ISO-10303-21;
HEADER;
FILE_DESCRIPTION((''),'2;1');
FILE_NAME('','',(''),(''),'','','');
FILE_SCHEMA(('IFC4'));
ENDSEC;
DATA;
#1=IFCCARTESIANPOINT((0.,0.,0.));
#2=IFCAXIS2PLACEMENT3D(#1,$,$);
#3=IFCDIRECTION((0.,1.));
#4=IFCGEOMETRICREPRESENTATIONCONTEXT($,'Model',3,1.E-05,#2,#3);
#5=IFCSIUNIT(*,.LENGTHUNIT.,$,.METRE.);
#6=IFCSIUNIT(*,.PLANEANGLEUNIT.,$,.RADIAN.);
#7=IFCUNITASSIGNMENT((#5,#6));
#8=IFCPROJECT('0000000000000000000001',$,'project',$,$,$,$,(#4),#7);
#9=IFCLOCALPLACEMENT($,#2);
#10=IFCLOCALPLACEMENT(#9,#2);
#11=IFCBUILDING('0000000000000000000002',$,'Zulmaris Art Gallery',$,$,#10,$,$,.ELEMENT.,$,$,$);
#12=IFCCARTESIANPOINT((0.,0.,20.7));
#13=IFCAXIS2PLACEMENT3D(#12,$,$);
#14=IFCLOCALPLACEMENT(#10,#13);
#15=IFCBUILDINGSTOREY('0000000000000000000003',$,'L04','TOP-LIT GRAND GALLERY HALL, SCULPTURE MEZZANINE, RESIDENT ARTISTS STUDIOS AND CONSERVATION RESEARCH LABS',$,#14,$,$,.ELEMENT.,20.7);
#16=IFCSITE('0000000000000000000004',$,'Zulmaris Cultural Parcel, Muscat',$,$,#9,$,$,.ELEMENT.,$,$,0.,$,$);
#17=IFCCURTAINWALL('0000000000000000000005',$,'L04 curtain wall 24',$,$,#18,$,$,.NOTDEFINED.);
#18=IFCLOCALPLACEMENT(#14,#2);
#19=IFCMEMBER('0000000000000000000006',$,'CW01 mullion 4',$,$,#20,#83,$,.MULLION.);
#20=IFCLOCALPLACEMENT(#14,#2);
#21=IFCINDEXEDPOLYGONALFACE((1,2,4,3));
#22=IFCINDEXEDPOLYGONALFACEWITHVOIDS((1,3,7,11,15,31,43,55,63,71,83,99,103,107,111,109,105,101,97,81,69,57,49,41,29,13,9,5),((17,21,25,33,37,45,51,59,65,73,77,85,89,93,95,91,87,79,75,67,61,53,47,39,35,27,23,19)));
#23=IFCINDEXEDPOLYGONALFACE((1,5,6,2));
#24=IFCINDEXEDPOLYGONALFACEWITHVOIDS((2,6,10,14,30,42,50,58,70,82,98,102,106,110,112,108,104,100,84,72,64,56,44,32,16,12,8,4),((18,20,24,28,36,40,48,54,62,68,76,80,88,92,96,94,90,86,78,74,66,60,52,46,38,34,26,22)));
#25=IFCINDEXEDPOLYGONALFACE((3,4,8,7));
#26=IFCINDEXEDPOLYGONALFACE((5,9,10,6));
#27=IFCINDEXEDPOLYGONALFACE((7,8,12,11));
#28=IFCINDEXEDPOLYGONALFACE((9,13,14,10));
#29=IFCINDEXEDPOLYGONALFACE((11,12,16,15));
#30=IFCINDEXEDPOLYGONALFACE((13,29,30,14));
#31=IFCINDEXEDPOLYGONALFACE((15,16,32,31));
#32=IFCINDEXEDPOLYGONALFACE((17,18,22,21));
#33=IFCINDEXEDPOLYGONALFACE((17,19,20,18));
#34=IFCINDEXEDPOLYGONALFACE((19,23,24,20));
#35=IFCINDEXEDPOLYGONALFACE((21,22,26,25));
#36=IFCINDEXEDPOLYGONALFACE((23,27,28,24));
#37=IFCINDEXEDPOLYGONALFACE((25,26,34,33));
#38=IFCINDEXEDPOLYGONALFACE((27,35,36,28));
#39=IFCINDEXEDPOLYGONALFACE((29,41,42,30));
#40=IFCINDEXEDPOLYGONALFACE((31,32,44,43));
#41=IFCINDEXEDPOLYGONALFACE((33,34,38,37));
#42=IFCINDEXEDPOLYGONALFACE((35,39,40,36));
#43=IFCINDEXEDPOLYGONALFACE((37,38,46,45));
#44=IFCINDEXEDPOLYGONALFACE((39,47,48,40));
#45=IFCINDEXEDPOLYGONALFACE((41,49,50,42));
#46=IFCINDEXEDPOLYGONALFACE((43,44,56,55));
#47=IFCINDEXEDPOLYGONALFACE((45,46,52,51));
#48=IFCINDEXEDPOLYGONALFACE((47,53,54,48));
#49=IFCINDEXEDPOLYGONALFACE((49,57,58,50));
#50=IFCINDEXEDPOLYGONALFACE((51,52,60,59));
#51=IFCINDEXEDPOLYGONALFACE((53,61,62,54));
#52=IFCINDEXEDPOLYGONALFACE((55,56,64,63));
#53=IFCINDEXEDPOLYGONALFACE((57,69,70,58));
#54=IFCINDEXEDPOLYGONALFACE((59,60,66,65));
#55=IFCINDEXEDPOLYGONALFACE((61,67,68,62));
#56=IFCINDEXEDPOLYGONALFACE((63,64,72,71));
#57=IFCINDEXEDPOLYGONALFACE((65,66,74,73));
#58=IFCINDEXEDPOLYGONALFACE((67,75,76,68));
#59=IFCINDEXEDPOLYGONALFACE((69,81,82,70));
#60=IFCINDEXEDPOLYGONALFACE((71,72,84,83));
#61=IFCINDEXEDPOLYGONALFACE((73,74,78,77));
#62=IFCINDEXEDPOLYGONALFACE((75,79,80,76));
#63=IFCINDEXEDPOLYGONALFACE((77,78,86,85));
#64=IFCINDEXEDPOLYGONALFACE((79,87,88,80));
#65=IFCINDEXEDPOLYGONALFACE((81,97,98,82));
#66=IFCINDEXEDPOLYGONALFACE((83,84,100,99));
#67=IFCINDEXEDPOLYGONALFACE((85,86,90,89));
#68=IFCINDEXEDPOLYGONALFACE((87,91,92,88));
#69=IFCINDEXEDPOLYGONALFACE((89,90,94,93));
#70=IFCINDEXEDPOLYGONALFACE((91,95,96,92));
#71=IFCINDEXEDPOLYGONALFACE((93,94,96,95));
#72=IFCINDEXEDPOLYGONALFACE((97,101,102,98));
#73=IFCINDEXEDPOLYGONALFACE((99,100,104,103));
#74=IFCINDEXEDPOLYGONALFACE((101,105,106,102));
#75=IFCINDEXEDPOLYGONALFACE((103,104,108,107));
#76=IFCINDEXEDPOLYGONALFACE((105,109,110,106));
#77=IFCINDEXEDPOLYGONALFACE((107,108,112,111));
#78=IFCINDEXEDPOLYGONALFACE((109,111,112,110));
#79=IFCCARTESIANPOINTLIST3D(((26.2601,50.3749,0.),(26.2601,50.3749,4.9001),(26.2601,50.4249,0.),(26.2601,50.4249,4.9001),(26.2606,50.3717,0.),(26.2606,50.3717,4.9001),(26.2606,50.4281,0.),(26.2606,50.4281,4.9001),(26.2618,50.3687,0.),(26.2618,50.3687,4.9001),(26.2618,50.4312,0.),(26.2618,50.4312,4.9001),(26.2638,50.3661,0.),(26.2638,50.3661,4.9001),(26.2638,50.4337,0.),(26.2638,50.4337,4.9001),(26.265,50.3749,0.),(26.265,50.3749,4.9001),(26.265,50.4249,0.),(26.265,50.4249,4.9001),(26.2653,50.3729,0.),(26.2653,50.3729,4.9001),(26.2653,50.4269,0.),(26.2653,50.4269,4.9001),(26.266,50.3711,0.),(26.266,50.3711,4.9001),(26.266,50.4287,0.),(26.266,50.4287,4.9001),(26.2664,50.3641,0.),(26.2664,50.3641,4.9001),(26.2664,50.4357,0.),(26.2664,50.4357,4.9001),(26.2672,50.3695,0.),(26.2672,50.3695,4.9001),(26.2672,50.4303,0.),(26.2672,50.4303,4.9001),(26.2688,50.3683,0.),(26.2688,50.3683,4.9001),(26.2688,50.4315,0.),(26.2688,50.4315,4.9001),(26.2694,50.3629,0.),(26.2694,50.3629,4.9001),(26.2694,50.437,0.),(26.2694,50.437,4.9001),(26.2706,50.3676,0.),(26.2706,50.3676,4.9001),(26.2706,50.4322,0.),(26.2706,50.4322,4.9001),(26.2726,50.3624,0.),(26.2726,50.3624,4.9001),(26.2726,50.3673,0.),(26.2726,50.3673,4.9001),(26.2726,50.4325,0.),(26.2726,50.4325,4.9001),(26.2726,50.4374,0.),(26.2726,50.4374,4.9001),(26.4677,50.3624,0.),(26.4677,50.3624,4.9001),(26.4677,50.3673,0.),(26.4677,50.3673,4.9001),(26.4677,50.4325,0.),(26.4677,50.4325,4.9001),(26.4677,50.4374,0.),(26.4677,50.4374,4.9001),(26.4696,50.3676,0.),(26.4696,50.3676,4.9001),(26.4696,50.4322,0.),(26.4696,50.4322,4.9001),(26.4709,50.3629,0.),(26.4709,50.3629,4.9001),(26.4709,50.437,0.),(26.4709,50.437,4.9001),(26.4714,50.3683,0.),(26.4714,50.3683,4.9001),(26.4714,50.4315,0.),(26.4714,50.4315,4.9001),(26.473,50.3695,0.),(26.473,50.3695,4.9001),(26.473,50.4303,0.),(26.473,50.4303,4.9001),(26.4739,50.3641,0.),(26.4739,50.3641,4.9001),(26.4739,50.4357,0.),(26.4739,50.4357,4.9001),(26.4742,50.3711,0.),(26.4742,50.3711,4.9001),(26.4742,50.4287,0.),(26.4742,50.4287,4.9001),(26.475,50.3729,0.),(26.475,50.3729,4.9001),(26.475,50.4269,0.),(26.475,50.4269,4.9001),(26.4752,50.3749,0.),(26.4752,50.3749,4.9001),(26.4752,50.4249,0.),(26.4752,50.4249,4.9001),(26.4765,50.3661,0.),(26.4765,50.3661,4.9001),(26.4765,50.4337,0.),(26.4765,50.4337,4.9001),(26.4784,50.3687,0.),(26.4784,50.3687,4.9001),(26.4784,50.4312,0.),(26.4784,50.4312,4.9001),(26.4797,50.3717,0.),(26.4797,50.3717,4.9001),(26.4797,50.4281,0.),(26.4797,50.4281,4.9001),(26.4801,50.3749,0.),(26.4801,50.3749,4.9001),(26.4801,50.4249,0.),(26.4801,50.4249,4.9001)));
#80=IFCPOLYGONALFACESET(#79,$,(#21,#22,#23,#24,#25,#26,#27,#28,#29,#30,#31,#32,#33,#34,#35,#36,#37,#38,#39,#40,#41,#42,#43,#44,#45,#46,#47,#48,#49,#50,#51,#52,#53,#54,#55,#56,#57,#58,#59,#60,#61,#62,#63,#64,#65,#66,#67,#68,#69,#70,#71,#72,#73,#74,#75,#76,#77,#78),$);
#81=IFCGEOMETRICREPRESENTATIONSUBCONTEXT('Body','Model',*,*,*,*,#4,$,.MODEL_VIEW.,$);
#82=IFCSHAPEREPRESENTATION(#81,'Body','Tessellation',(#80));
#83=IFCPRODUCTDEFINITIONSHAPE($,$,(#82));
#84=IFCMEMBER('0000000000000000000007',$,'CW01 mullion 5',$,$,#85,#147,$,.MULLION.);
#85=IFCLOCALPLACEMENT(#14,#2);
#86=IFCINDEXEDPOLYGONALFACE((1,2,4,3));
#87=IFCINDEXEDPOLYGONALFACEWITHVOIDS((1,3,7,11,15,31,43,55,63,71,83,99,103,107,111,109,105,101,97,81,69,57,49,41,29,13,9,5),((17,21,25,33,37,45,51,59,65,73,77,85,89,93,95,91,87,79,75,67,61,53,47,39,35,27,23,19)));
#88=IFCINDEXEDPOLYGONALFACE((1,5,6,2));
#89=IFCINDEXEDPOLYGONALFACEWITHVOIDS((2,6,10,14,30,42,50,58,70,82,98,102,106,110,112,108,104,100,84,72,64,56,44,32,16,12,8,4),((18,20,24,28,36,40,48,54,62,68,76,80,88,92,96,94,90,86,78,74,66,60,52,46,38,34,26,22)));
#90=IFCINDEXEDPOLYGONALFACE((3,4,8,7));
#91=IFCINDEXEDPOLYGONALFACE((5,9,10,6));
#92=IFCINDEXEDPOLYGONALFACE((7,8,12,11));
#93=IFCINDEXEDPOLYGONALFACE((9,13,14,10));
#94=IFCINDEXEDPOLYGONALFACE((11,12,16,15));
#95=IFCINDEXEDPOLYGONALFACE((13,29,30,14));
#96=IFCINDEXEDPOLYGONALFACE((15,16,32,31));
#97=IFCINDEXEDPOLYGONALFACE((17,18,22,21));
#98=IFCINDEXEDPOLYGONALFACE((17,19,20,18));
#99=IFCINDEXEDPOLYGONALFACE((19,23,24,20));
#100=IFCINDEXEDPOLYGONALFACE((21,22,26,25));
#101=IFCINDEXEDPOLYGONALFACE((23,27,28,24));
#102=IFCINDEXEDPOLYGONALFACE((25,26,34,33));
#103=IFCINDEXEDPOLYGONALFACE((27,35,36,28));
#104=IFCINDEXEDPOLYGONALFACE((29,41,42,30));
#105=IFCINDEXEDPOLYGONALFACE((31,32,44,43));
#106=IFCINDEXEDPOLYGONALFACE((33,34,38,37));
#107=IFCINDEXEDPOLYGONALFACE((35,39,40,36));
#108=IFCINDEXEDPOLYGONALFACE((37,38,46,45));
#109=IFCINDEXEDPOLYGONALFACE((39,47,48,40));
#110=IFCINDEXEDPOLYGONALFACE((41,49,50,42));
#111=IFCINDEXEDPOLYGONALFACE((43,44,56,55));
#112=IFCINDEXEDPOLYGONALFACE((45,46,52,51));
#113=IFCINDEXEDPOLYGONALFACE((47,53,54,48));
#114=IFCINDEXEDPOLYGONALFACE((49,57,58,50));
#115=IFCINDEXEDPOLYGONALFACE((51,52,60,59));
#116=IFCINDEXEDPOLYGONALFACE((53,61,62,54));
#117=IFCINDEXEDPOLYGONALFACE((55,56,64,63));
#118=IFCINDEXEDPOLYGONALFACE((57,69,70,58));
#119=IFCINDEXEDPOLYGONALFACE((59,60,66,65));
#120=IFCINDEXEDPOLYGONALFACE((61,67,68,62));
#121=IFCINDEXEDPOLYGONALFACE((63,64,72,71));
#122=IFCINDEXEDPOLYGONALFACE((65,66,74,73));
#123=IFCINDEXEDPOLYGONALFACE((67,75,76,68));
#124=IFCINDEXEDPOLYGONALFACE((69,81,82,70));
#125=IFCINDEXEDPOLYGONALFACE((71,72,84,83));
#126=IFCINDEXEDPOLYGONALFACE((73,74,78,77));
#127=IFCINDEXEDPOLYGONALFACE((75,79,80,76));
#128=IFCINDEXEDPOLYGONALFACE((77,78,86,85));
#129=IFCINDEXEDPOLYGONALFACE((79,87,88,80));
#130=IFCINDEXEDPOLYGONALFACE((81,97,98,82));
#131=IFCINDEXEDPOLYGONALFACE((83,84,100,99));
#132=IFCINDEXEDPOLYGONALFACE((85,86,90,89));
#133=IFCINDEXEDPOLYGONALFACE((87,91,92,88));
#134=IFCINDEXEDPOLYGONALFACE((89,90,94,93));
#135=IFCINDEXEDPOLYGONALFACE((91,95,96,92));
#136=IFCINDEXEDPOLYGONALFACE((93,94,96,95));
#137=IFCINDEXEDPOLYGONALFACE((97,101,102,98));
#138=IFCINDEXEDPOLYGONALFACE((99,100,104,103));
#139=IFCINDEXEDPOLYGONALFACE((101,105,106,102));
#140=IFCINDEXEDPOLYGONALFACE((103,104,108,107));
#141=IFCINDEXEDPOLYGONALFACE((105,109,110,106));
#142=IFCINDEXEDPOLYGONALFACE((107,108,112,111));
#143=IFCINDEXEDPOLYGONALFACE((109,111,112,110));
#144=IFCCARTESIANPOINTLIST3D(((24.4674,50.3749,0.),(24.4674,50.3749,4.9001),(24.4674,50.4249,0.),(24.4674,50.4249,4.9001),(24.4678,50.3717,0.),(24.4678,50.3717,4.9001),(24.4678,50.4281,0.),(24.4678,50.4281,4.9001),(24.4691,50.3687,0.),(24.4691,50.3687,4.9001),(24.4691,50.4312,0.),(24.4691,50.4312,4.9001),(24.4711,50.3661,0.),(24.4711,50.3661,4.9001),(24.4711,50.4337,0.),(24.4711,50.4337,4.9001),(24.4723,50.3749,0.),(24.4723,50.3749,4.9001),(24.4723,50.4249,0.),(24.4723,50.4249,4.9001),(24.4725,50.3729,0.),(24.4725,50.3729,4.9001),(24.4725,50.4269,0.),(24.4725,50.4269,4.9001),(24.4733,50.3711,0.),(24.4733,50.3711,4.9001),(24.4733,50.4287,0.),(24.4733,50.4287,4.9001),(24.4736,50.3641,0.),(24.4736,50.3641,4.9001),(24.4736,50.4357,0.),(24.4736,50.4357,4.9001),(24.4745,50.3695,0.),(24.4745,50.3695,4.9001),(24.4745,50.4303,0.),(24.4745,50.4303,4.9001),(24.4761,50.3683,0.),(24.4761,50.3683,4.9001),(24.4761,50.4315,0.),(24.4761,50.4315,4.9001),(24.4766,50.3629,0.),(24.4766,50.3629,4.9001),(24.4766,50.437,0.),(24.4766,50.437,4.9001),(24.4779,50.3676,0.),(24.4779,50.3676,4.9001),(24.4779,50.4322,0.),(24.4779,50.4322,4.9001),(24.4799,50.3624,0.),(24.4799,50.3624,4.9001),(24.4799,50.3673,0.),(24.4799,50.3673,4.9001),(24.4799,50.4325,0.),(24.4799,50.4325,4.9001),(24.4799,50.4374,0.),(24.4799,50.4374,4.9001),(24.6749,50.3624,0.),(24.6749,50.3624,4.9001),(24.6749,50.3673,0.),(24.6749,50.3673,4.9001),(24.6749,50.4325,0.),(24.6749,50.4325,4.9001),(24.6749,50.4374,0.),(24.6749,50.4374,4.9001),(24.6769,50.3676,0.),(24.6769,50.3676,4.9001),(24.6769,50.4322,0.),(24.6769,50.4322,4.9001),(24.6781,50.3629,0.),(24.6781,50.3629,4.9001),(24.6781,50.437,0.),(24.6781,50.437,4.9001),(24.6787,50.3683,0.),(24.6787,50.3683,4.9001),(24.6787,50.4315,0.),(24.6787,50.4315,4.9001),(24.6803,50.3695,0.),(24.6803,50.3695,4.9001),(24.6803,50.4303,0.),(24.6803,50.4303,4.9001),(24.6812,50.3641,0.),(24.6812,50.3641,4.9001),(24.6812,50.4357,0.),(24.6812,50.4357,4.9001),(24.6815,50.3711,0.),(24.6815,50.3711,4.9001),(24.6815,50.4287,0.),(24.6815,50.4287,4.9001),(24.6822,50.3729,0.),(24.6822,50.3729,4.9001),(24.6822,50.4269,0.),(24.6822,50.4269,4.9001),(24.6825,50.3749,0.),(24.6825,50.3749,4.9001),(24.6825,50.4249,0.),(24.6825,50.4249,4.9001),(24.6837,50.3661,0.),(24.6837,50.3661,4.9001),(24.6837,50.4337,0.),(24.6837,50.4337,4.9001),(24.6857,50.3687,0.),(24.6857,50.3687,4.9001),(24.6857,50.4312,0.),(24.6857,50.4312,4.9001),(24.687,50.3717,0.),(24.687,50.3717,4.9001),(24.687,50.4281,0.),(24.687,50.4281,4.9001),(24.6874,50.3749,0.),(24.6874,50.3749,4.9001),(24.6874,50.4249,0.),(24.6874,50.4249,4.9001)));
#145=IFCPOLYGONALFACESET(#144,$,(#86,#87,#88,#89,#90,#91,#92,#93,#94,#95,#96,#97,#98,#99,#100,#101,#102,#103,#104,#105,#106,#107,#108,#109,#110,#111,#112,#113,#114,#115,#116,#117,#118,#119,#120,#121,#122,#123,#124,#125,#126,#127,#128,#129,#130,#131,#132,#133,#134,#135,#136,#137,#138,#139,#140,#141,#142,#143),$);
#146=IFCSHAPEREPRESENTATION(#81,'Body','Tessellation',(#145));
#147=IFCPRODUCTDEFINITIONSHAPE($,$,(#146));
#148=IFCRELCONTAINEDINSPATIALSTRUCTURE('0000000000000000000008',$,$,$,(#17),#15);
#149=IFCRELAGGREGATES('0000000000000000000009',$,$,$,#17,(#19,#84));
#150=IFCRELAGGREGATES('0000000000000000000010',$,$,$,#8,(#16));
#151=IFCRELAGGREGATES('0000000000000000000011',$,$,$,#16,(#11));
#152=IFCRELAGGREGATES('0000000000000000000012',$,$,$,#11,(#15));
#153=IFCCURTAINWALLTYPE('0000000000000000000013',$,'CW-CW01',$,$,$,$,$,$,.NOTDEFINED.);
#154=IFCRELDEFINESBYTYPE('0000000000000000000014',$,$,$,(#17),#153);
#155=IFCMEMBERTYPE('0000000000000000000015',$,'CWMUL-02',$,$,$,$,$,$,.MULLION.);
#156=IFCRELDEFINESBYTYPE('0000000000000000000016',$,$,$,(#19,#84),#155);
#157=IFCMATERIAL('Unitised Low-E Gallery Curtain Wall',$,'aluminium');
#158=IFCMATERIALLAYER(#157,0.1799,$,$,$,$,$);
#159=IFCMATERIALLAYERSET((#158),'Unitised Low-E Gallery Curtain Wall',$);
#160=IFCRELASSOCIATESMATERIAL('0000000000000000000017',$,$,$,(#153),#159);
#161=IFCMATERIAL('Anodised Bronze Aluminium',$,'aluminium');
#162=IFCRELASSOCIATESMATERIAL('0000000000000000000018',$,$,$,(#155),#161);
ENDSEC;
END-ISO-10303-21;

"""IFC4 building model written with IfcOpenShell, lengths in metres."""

from ifc_helpers import new_model, si_unit, direction, frame, origin, origin_2d, place, context, subcontext, project, spatial, hollow_rectangle, extrude, material, layer, layer_set, material_profile, profile_set, type_object, element, aggregate, save


model = new_model("IFC4")

# Units and contexts
model_context = context("Model", 3, precision=1e-05, world=origin(), true_north=direction((0.0, 1.0)))
body_context = subcontext(model_context, "Body", "Model", "MODEL_VIEW")
ifc_project = project(units=[si_unit("LENGTHUNIT", "METRE"), si_unit("PLANEANGLEUNIT", "RADIAN")], contexts=[model_context])

# Site, building, storey
site_placement = place(None, origin())
site = spatial("IfcSite", under=ifc_project, at=site_placement, Name="Zulmaris Cultural Parcel, Muscat", CompositionType="ELEMENT", RefElevation=0.0)
building_placement = place(site_placement, origin())
building = spatial("IfcBuilding", under=site, at=building_placement, Name="Zulmaris Art Gallery", CompositionType="ELEMENT")
storey_placement = place(building_placement, frame((0.0, 0.0, 20.7)))
storey = spatial("IfcBuildingStorey", under=building, at=storey_placement, Name="L04", Description="TOP-LIT GRAND GALLERY HALL, SCULPTURE MEZZANINE, RESIDENT ARTISTS STUDIOS AND CONSERVATION RESEARCH LABS", CompositionType="ELEMENT", Elevation=20.7)

# Curtain wall, members
ifc_material_1 = material(Name="Unitised Low-E Gallery Curtain Wall", Category="aluminium")
ifc_layer_1 = layer(ifc_material_1, 0.1799)
ifc_layer_set_1 = layer_set([ifc_layer_1], Name="Unitised Low-E Gallery Curtain Wall")
curtain_wall_type = type_object("IfcCurtainWallType", Name="CW-CW01", PredefinedType="NOTDEFINED", material=ifc_layer_set_1)
curtain_wall_placement = place(storey_placement, origin())
curtain_wall = element("IfcCurtainWall", 1, at=curtain_wall_placement, inside=storey, type_object=curtain_wall_type, Name="L04 curtain wall 24", PredefinedType="NOTDEFINED")
ifc_material_2 = material(Name="Anodised Bronze Aluminium", Category="aluminium")
ifc_material_profile_1 = material_profile(ifc_material_2, hollow_rectangle(XDim=0.075, YDim=0.22, WallThickness=0.0049, InnerFilletRadius=0.0076, OuterFilletRadius=0.0125, at=origin_2d()), Name="ALU 75x220x5")
ifc_profile_set_1 = profile_set([ifc_material_profile_1], Name="Anodised Bronze Aluminium")
member_type_1 = type_object("IfcMemberType", Name="CWMUL-02", PredefinedType="MULLION", material=ifc_profile_set_1)
member_1_placement = place(storey_placement, frame((26.3701, 50.3999, 0.0), z_axis=(0.0, 0.0, 1.0), x_axis=(0.0, -1.0, 0.0)))
member_1 = element("IfcMember", 2, at=member_1_placement, type_object=member_type_1, Name="CW01 mullion 4", PredefinedType="MULLION", context=body_context, shape_type="SweptSolid", body=[
    extrude(hollow_rectangle(XDim=0.075, YDim=0.22, WallThickness=0.0049, InnerFilletRadius=0.0076, OuterFilletRadius=0.0125, at=origin_2d()), origin(), (0.0, 0.0, 1.0), 4.9001),
])
member_2_placement = place(storey_placement, frame((24.5774, 50.3999, 0.0), z_axis=(0.0, 0.0, 1.0), x_axis=(0.0, -1.0, 0.0)))
member_2 = element("IfcMember", 3, at=member_2_placement, type_object=member_type_1, Name="CW01 mullion 5", PredefinedType="MULLION", context=body_context, shape_type="SweptSolid", body=[
    extrude(hollow_rectangle(XDim=0.075, YDim=0.22, WallThickness=0.0049, InnerFilletRadius=0.0076, OuterFilletRadius=0.0125, at=origin_2d()), origin(), (0.0, 0.0, 1.0), 4.9001),
])

aggregate(curtain_wall, [member_1, member_2])

save(model, "model.ifc")
